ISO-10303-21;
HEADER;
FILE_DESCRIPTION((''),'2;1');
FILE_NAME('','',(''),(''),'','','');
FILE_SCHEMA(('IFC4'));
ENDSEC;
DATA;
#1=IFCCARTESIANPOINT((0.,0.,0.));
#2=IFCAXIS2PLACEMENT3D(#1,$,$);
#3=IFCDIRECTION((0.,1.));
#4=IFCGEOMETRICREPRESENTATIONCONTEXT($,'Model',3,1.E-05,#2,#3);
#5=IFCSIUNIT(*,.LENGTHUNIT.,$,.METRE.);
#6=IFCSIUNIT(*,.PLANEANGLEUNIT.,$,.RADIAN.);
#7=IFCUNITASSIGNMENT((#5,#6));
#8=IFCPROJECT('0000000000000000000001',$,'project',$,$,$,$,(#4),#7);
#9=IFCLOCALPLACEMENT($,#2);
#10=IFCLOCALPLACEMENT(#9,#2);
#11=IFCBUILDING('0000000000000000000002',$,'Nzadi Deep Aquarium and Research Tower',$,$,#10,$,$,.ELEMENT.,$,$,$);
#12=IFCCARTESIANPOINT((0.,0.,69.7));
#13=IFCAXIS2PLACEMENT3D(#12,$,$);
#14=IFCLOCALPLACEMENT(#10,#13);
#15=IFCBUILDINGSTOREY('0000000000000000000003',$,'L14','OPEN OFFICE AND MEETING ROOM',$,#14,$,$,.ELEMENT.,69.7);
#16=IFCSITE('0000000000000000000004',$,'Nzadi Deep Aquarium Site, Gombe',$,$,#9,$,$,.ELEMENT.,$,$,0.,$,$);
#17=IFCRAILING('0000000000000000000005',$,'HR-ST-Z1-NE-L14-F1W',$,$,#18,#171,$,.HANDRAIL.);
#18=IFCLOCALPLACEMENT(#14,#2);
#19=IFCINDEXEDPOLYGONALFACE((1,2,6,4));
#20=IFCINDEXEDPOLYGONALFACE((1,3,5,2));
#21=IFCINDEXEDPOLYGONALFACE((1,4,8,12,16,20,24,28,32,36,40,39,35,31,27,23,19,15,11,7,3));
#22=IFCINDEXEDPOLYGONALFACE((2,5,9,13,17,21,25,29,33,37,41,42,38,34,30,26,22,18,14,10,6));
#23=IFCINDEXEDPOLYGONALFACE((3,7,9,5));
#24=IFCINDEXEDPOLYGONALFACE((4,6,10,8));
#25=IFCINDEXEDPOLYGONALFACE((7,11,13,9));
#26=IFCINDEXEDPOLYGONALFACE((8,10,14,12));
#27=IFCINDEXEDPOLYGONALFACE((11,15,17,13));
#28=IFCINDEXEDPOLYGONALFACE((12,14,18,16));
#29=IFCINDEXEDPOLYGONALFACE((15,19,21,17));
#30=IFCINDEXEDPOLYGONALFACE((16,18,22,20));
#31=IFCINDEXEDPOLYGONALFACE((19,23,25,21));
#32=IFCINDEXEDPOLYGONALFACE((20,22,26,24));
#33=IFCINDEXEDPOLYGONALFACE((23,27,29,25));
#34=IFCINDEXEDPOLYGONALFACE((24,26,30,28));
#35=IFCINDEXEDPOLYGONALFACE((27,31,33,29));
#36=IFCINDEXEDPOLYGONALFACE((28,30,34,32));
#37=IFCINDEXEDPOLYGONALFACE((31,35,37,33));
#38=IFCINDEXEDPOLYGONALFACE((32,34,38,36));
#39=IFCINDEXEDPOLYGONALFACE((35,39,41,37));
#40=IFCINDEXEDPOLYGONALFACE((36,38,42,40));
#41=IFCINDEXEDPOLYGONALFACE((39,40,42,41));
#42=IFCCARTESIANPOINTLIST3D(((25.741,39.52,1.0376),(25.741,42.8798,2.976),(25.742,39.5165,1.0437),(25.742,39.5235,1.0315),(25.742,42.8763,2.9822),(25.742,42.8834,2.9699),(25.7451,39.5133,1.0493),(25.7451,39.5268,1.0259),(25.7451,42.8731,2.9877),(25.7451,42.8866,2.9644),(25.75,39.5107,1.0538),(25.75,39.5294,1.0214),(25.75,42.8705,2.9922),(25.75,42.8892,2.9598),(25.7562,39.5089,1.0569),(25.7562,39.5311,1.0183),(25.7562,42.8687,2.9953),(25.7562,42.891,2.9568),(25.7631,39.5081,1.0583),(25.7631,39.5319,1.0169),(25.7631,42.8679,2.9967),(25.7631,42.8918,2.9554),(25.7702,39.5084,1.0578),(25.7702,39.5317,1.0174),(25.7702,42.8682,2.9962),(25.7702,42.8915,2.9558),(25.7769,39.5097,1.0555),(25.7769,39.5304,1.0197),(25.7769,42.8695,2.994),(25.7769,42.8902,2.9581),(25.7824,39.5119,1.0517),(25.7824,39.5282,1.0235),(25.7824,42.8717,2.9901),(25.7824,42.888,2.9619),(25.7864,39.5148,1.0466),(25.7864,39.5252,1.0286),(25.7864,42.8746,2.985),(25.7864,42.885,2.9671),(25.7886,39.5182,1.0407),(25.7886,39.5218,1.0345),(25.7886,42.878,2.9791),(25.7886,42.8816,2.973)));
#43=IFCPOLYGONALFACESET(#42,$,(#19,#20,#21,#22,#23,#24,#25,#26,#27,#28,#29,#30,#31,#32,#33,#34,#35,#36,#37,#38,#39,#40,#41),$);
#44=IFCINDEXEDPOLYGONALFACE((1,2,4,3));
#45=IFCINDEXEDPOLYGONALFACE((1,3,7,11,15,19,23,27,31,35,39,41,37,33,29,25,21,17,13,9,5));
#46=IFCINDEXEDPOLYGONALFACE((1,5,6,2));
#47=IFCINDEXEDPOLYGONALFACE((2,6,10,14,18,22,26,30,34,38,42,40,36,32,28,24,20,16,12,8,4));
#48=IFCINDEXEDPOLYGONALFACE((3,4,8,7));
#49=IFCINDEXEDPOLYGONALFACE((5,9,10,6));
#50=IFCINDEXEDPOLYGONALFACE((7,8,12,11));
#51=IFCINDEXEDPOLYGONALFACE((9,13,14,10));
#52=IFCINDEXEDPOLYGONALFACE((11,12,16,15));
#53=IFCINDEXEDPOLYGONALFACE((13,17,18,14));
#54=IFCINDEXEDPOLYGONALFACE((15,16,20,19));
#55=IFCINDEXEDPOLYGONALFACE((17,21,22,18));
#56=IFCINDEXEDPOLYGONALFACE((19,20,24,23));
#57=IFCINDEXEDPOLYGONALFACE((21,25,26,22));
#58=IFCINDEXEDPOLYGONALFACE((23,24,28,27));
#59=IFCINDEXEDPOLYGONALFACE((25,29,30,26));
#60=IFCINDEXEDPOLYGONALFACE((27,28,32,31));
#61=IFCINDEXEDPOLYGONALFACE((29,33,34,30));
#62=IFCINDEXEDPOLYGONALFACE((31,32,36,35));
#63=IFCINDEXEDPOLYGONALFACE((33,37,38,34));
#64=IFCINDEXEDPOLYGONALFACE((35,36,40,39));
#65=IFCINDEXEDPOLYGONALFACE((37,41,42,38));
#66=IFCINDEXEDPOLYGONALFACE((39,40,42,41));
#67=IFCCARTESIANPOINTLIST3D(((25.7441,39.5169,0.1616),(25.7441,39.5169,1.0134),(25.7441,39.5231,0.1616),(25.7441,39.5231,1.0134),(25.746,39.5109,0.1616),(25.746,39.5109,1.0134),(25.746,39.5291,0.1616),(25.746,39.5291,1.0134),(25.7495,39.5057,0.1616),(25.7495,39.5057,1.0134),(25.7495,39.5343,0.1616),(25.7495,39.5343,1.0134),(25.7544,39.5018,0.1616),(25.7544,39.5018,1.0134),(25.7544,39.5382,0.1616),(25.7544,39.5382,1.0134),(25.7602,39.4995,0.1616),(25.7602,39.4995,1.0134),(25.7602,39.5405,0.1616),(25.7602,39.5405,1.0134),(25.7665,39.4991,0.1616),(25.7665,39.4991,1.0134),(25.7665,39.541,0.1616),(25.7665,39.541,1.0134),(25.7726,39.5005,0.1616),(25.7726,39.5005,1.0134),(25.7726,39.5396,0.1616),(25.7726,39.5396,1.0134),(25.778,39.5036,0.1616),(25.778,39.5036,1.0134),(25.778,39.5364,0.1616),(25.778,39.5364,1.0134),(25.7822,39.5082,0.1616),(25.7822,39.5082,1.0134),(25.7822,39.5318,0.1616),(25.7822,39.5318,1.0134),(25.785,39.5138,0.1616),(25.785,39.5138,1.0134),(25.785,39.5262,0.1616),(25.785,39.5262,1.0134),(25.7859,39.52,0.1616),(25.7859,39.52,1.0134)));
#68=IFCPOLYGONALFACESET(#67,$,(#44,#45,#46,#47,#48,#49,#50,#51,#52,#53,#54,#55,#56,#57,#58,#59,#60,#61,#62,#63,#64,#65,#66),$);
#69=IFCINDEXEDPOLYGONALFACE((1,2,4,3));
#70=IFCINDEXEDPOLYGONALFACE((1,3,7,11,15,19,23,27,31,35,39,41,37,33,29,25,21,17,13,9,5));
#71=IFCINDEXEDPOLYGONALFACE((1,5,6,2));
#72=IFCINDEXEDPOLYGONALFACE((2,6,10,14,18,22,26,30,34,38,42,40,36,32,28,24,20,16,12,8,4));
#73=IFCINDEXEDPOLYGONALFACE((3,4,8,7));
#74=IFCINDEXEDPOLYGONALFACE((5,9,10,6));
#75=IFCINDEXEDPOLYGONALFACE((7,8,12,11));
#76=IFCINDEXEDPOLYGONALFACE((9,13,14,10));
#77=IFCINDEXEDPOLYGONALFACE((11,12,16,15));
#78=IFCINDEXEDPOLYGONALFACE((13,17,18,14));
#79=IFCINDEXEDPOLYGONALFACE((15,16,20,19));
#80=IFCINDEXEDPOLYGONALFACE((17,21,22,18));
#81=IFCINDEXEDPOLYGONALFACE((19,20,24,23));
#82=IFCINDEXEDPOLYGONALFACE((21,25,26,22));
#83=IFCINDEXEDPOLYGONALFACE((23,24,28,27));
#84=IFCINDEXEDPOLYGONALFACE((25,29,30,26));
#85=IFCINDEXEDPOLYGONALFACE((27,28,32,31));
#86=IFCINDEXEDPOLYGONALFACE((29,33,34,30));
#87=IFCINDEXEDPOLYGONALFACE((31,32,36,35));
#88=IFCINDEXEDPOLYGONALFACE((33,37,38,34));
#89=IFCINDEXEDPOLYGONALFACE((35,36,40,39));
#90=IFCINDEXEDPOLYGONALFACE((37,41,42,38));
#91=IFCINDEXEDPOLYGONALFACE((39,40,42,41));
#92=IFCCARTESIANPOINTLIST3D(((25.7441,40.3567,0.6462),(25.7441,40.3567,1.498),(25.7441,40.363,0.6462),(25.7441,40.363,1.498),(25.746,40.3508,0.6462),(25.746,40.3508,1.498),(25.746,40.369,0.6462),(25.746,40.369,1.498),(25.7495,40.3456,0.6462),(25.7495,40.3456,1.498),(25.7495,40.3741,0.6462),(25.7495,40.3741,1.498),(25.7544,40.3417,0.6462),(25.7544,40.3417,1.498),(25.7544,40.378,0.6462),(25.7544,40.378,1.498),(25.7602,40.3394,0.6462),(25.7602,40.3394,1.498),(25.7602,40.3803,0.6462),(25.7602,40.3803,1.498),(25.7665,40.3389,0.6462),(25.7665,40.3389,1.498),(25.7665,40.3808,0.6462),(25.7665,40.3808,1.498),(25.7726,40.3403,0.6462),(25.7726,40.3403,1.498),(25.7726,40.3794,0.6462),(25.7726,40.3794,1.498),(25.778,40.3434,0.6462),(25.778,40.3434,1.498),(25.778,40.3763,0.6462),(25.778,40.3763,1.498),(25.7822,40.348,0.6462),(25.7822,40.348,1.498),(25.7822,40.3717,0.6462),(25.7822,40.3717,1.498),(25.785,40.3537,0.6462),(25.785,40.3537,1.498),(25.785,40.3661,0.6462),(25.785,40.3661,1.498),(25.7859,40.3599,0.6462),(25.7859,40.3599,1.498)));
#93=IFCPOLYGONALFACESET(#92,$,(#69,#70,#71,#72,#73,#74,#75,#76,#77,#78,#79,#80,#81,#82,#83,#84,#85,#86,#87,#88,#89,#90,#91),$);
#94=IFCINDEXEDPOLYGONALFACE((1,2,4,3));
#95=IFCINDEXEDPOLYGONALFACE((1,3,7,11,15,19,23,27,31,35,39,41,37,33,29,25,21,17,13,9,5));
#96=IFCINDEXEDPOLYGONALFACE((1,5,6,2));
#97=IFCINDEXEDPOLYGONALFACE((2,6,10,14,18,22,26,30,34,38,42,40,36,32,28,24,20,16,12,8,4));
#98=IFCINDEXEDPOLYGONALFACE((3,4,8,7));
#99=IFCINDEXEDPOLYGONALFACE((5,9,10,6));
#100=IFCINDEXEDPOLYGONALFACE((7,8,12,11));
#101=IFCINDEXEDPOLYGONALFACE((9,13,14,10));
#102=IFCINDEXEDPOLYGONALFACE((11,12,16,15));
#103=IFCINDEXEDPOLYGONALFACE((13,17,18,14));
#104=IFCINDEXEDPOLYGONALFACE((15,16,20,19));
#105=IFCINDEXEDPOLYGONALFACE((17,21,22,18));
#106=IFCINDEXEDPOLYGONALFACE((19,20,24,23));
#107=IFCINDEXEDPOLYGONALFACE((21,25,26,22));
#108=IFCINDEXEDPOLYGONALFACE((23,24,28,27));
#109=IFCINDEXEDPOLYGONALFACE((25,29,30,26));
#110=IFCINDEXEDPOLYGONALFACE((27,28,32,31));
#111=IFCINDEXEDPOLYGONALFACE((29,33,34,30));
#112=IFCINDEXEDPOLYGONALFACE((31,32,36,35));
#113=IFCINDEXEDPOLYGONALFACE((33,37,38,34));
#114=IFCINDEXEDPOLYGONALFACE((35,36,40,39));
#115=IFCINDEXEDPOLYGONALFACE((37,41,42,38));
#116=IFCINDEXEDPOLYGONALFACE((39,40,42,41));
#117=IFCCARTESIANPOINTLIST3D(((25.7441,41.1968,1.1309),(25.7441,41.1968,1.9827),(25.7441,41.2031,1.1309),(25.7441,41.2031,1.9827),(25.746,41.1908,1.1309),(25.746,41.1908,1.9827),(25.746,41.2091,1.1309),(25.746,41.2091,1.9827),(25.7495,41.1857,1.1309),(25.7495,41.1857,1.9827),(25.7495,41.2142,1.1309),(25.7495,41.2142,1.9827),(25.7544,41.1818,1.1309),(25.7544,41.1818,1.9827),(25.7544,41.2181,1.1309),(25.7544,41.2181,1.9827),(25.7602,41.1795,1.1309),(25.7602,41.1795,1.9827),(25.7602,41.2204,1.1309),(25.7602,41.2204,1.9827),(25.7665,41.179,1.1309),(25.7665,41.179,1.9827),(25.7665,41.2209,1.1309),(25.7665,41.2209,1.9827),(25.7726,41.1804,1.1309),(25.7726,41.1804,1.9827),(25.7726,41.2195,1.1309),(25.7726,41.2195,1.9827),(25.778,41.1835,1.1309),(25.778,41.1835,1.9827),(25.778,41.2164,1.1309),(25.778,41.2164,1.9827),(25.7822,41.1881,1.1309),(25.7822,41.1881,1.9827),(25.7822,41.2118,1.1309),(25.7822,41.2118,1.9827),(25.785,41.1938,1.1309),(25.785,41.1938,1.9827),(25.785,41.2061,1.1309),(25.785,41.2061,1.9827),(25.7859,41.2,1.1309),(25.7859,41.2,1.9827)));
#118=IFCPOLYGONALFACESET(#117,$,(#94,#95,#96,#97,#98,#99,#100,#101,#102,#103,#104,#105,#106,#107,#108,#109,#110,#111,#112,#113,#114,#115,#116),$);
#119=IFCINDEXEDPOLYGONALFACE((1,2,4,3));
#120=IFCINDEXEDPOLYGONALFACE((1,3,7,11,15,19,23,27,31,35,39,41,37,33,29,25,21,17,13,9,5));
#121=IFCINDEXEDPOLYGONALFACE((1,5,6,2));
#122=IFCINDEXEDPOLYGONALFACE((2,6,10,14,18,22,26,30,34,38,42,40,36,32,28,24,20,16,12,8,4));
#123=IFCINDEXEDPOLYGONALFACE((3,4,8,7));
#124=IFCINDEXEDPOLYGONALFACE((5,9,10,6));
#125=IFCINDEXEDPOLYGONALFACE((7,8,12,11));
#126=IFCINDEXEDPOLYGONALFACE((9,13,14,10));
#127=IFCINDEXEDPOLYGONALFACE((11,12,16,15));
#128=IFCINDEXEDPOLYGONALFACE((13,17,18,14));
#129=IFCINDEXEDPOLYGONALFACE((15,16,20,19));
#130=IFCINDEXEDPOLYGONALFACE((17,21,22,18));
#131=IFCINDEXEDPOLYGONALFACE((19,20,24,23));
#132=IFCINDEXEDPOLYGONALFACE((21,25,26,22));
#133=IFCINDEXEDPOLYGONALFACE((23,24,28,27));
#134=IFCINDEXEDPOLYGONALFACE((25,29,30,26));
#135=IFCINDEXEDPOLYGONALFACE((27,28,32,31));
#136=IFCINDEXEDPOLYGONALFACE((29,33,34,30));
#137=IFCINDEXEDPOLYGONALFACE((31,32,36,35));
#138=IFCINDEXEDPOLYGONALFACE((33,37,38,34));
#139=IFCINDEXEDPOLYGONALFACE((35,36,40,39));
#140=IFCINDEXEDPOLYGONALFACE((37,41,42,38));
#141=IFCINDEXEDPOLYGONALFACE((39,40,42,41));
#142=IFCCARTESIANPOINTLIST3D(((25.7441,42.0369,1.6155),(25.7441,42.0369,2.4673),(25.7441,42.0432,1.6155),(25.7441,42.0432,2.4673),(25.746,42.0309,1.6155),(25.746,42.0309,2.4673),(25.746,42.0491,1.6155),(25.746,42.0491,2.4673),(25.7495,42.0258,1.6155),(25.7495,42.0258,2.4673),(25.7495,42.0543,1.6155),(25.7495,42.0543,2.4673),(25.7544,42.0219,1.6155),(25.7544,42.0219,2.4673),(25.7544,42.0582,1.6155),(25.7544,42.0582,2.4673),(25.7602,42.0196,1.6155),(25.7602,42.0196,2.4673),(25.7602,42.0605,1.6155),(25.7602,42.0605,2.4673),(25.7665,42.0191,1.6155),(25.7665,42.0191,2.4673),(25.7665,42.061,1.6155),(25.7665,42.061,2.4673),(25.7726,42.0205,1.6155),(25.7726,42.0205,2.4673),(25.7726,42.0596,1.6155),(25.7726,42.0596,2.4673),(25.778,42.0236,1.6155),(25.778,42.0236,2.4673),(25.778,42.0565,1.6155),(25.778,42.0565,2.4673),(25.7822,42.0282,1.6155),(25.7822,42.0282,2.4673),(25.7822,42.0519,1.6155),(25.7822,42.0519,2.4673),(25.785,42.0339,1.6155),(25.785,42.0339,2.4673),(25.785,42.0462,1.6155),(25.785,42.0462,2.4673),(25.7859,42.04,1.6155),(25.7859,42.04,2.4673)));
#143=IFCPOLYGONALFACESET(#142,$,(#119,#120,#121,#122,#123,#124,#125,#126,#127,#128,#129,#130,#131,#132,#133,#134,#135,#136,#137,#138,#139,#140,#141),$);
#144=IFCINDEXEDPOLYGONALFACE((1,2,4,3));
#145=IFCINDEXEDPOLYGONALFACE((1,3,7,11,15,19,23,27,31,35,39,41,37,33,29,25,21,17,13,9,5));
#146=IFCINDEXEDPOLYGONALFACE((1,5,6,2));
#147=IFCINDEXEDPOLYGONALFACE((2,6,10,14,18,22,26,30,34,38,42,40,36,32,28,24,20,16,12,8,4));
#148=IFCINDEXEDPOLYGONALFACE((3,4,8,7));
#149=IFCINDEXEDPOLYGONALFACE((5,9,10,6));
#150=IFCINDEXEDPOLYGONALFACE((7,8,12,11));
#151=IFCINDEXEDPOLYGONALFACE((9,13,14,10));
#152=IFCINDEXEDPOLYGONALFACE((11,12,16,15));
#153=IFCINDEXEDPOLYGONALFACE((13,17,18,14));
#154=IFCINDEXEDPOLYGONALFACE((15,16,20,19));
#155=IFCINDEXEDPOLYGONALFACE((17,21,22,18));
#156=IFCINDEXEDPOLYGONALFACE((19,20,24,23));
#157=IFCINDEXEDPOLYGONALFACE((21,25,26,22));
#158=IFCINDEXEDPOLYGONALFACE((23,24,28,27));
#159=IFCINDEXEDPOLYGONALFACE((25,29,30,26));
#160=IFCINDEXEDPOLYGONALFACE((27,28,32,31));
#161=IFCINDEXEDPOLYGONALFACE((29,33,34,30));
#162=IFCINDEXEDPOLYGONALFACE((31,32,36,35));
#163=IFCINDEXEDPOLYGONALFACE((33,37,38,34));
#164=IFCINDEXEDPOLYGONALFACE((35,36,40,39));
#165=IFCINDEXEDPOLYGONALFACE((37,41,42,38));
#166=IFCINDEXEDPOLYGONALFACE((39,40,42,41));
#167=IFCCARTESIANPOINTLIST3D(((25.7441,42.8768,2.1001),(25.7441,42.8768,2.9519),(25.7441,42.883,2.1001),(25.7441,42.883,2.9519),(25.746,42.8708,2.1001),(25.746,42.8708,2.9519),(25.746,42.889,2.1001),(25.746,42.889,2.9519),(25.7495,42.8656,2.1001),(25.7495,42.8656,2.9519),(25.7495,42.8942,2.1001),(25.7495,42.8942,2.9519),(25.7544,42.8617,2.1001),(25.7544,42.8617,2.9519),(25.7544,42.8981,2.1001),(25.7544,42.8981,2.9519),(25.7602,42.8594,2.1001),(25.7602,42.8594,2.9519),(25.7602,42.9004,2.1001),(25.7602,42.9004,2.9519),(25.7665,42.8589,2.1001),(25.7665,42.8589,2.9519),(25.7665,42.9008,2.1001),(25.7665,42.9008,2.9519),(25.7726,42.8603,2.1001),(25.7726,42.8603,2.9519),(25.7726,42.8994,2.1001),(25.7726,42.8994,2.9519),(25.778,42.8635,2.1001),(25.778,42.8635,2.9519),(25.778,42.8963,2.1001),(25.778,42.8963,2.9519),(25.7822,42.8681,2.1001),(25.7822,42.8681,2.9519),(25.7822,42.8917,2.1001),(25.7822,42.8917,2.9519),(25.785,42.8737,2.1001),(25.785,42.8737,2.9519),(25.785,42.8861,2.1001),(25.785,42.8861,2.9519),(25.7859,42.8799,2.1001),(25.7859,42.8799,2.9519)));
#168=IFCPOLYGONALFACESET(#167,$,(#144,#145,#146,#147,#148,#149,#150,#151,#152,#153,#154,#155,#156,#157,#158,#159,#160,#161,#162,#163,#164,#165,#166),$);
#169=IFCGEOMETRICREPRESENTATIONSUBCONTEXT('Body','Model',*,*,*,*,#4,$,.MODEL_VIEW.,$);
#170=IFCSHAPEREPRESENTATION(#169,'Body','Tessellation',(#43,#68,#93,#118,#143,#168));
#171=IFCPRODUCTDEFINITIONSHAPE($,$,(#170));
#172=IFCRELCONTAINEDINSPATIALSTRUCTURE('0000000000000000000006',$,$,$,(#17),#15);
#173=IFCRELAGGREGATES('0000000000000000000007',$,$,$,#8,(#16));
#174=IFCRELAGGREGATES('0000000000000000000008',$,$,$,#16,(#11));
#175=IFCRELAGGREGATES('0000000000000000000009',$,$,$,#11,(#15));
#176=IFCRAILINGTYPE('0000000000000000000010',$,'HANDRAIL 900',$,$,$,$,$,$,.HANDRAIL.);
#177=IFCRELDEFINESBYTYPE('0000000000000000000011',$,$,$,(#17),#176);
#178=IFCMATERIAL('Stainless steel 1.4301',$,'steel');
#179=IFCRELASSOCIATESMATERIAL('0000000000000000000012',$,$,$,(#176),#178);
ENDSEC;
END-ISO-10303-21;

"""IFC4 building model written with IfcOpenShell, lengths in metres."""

from ifc_helpers import new_model, si_unit, direction, frame, origin, origin_2d, place, context, subcontext, project, spatial, circle, extrude, material, type_object, element, save


model = new_model("IFC4")

# Units and contexts
model_context = context("Model", 3, precision=1e-05, world=origin(), true_north=direction((0.0, 1.0)))
body_context = subcontext(model_context, "Body", "Model", "MODEL_VIEW")
ifc_project = project(units=[si_unit("LENGTHUNIT", "METRE"), si_unit("PLANEANGLEUNIT", "RADIAN")], contexts=[model_context])

# Site, building, storey
site_placement = place(None, origin())
site = spatial("IfcSite", under=ifc_project, at=site_placement, Name="Nzadi Deep Aquarium Site, Gombe", CompositionType="ELEMENT", RefElevation=0.0)
building_placement = place(site_placement, origin())
building = spatial("IfcBuilding", under=site, at=building_placement, Name="Nzadi Deep Aquarium and Research Tower", CompositionType="ELEMENT")
storey_placement = place(building_placement, frame((0.0, 0.0, 69.7)))
storey = spatial("IfcBuildingStorey", under=building, at=storey_placement, Name="L14", Description="OPEN OFFICE AND MEETING ROOM", CompositionType="ELEMENT", Elevation=69.7)

# Railing
ifc_material_1 = material(Name="Stainless steel 1.4301", Category="steel")
railing_type = type_object("IfcRailingType", Name="HANDRAIL 900", PredefinedType="HANDRAIL", material=ifc_material_1)
for number, where, name in (
    (1, (25.7649, 39.52, 0.1616), "HR-ST-Z1-NE-L14-F1W"),
):
    element("IfcRailing", number, at=place(storey_placement, frame(where)), inside=storey, type_object=railing_type, Name=name, PredefinedType="HANDRAIL", context=body_context, shape_type="SweptSolid", body=[
        extrude(circle(Radius=0.0239, at=origin_2d()), frame((0.0, 0.0, 0.876), z_axis=(0.0, 0.866175, 0.499741), x_axis=(-1.0, 0.0, 0.0)), (0.0, 0.0, 1.0), 3.8789),
        extrude(circle(Radius=0.021, at=origin_2d()), origin(), (0.0, 0.0, 1.0), 0.8518),
        extrude(circle(Radius=0.021, at=origin_2d()), frame((0.0, 0.8398, 0.4846)), (0.0, 0.0, 1.0), 0.8518),
        extrude(circle(Radius=0.021, at=origin_2d()), frame((0.0, 1.6799, 0.9692)), (0.0, 0.0, 1.0), 0.8518),
        extrude(circle(Radius=0.021, at=origin_2d()), frame((0.0, 2.52, 1.4539)), (0.0, 0.0, 1.0), 0.8518),
        extrude(circle(Radius=0.021, at=origin_2d()), frame((0.0, 3.3599, 1.9385)), (0.0, 0.0, 1.0), 0.8518),
    ])

save(model, "model.ifc")
